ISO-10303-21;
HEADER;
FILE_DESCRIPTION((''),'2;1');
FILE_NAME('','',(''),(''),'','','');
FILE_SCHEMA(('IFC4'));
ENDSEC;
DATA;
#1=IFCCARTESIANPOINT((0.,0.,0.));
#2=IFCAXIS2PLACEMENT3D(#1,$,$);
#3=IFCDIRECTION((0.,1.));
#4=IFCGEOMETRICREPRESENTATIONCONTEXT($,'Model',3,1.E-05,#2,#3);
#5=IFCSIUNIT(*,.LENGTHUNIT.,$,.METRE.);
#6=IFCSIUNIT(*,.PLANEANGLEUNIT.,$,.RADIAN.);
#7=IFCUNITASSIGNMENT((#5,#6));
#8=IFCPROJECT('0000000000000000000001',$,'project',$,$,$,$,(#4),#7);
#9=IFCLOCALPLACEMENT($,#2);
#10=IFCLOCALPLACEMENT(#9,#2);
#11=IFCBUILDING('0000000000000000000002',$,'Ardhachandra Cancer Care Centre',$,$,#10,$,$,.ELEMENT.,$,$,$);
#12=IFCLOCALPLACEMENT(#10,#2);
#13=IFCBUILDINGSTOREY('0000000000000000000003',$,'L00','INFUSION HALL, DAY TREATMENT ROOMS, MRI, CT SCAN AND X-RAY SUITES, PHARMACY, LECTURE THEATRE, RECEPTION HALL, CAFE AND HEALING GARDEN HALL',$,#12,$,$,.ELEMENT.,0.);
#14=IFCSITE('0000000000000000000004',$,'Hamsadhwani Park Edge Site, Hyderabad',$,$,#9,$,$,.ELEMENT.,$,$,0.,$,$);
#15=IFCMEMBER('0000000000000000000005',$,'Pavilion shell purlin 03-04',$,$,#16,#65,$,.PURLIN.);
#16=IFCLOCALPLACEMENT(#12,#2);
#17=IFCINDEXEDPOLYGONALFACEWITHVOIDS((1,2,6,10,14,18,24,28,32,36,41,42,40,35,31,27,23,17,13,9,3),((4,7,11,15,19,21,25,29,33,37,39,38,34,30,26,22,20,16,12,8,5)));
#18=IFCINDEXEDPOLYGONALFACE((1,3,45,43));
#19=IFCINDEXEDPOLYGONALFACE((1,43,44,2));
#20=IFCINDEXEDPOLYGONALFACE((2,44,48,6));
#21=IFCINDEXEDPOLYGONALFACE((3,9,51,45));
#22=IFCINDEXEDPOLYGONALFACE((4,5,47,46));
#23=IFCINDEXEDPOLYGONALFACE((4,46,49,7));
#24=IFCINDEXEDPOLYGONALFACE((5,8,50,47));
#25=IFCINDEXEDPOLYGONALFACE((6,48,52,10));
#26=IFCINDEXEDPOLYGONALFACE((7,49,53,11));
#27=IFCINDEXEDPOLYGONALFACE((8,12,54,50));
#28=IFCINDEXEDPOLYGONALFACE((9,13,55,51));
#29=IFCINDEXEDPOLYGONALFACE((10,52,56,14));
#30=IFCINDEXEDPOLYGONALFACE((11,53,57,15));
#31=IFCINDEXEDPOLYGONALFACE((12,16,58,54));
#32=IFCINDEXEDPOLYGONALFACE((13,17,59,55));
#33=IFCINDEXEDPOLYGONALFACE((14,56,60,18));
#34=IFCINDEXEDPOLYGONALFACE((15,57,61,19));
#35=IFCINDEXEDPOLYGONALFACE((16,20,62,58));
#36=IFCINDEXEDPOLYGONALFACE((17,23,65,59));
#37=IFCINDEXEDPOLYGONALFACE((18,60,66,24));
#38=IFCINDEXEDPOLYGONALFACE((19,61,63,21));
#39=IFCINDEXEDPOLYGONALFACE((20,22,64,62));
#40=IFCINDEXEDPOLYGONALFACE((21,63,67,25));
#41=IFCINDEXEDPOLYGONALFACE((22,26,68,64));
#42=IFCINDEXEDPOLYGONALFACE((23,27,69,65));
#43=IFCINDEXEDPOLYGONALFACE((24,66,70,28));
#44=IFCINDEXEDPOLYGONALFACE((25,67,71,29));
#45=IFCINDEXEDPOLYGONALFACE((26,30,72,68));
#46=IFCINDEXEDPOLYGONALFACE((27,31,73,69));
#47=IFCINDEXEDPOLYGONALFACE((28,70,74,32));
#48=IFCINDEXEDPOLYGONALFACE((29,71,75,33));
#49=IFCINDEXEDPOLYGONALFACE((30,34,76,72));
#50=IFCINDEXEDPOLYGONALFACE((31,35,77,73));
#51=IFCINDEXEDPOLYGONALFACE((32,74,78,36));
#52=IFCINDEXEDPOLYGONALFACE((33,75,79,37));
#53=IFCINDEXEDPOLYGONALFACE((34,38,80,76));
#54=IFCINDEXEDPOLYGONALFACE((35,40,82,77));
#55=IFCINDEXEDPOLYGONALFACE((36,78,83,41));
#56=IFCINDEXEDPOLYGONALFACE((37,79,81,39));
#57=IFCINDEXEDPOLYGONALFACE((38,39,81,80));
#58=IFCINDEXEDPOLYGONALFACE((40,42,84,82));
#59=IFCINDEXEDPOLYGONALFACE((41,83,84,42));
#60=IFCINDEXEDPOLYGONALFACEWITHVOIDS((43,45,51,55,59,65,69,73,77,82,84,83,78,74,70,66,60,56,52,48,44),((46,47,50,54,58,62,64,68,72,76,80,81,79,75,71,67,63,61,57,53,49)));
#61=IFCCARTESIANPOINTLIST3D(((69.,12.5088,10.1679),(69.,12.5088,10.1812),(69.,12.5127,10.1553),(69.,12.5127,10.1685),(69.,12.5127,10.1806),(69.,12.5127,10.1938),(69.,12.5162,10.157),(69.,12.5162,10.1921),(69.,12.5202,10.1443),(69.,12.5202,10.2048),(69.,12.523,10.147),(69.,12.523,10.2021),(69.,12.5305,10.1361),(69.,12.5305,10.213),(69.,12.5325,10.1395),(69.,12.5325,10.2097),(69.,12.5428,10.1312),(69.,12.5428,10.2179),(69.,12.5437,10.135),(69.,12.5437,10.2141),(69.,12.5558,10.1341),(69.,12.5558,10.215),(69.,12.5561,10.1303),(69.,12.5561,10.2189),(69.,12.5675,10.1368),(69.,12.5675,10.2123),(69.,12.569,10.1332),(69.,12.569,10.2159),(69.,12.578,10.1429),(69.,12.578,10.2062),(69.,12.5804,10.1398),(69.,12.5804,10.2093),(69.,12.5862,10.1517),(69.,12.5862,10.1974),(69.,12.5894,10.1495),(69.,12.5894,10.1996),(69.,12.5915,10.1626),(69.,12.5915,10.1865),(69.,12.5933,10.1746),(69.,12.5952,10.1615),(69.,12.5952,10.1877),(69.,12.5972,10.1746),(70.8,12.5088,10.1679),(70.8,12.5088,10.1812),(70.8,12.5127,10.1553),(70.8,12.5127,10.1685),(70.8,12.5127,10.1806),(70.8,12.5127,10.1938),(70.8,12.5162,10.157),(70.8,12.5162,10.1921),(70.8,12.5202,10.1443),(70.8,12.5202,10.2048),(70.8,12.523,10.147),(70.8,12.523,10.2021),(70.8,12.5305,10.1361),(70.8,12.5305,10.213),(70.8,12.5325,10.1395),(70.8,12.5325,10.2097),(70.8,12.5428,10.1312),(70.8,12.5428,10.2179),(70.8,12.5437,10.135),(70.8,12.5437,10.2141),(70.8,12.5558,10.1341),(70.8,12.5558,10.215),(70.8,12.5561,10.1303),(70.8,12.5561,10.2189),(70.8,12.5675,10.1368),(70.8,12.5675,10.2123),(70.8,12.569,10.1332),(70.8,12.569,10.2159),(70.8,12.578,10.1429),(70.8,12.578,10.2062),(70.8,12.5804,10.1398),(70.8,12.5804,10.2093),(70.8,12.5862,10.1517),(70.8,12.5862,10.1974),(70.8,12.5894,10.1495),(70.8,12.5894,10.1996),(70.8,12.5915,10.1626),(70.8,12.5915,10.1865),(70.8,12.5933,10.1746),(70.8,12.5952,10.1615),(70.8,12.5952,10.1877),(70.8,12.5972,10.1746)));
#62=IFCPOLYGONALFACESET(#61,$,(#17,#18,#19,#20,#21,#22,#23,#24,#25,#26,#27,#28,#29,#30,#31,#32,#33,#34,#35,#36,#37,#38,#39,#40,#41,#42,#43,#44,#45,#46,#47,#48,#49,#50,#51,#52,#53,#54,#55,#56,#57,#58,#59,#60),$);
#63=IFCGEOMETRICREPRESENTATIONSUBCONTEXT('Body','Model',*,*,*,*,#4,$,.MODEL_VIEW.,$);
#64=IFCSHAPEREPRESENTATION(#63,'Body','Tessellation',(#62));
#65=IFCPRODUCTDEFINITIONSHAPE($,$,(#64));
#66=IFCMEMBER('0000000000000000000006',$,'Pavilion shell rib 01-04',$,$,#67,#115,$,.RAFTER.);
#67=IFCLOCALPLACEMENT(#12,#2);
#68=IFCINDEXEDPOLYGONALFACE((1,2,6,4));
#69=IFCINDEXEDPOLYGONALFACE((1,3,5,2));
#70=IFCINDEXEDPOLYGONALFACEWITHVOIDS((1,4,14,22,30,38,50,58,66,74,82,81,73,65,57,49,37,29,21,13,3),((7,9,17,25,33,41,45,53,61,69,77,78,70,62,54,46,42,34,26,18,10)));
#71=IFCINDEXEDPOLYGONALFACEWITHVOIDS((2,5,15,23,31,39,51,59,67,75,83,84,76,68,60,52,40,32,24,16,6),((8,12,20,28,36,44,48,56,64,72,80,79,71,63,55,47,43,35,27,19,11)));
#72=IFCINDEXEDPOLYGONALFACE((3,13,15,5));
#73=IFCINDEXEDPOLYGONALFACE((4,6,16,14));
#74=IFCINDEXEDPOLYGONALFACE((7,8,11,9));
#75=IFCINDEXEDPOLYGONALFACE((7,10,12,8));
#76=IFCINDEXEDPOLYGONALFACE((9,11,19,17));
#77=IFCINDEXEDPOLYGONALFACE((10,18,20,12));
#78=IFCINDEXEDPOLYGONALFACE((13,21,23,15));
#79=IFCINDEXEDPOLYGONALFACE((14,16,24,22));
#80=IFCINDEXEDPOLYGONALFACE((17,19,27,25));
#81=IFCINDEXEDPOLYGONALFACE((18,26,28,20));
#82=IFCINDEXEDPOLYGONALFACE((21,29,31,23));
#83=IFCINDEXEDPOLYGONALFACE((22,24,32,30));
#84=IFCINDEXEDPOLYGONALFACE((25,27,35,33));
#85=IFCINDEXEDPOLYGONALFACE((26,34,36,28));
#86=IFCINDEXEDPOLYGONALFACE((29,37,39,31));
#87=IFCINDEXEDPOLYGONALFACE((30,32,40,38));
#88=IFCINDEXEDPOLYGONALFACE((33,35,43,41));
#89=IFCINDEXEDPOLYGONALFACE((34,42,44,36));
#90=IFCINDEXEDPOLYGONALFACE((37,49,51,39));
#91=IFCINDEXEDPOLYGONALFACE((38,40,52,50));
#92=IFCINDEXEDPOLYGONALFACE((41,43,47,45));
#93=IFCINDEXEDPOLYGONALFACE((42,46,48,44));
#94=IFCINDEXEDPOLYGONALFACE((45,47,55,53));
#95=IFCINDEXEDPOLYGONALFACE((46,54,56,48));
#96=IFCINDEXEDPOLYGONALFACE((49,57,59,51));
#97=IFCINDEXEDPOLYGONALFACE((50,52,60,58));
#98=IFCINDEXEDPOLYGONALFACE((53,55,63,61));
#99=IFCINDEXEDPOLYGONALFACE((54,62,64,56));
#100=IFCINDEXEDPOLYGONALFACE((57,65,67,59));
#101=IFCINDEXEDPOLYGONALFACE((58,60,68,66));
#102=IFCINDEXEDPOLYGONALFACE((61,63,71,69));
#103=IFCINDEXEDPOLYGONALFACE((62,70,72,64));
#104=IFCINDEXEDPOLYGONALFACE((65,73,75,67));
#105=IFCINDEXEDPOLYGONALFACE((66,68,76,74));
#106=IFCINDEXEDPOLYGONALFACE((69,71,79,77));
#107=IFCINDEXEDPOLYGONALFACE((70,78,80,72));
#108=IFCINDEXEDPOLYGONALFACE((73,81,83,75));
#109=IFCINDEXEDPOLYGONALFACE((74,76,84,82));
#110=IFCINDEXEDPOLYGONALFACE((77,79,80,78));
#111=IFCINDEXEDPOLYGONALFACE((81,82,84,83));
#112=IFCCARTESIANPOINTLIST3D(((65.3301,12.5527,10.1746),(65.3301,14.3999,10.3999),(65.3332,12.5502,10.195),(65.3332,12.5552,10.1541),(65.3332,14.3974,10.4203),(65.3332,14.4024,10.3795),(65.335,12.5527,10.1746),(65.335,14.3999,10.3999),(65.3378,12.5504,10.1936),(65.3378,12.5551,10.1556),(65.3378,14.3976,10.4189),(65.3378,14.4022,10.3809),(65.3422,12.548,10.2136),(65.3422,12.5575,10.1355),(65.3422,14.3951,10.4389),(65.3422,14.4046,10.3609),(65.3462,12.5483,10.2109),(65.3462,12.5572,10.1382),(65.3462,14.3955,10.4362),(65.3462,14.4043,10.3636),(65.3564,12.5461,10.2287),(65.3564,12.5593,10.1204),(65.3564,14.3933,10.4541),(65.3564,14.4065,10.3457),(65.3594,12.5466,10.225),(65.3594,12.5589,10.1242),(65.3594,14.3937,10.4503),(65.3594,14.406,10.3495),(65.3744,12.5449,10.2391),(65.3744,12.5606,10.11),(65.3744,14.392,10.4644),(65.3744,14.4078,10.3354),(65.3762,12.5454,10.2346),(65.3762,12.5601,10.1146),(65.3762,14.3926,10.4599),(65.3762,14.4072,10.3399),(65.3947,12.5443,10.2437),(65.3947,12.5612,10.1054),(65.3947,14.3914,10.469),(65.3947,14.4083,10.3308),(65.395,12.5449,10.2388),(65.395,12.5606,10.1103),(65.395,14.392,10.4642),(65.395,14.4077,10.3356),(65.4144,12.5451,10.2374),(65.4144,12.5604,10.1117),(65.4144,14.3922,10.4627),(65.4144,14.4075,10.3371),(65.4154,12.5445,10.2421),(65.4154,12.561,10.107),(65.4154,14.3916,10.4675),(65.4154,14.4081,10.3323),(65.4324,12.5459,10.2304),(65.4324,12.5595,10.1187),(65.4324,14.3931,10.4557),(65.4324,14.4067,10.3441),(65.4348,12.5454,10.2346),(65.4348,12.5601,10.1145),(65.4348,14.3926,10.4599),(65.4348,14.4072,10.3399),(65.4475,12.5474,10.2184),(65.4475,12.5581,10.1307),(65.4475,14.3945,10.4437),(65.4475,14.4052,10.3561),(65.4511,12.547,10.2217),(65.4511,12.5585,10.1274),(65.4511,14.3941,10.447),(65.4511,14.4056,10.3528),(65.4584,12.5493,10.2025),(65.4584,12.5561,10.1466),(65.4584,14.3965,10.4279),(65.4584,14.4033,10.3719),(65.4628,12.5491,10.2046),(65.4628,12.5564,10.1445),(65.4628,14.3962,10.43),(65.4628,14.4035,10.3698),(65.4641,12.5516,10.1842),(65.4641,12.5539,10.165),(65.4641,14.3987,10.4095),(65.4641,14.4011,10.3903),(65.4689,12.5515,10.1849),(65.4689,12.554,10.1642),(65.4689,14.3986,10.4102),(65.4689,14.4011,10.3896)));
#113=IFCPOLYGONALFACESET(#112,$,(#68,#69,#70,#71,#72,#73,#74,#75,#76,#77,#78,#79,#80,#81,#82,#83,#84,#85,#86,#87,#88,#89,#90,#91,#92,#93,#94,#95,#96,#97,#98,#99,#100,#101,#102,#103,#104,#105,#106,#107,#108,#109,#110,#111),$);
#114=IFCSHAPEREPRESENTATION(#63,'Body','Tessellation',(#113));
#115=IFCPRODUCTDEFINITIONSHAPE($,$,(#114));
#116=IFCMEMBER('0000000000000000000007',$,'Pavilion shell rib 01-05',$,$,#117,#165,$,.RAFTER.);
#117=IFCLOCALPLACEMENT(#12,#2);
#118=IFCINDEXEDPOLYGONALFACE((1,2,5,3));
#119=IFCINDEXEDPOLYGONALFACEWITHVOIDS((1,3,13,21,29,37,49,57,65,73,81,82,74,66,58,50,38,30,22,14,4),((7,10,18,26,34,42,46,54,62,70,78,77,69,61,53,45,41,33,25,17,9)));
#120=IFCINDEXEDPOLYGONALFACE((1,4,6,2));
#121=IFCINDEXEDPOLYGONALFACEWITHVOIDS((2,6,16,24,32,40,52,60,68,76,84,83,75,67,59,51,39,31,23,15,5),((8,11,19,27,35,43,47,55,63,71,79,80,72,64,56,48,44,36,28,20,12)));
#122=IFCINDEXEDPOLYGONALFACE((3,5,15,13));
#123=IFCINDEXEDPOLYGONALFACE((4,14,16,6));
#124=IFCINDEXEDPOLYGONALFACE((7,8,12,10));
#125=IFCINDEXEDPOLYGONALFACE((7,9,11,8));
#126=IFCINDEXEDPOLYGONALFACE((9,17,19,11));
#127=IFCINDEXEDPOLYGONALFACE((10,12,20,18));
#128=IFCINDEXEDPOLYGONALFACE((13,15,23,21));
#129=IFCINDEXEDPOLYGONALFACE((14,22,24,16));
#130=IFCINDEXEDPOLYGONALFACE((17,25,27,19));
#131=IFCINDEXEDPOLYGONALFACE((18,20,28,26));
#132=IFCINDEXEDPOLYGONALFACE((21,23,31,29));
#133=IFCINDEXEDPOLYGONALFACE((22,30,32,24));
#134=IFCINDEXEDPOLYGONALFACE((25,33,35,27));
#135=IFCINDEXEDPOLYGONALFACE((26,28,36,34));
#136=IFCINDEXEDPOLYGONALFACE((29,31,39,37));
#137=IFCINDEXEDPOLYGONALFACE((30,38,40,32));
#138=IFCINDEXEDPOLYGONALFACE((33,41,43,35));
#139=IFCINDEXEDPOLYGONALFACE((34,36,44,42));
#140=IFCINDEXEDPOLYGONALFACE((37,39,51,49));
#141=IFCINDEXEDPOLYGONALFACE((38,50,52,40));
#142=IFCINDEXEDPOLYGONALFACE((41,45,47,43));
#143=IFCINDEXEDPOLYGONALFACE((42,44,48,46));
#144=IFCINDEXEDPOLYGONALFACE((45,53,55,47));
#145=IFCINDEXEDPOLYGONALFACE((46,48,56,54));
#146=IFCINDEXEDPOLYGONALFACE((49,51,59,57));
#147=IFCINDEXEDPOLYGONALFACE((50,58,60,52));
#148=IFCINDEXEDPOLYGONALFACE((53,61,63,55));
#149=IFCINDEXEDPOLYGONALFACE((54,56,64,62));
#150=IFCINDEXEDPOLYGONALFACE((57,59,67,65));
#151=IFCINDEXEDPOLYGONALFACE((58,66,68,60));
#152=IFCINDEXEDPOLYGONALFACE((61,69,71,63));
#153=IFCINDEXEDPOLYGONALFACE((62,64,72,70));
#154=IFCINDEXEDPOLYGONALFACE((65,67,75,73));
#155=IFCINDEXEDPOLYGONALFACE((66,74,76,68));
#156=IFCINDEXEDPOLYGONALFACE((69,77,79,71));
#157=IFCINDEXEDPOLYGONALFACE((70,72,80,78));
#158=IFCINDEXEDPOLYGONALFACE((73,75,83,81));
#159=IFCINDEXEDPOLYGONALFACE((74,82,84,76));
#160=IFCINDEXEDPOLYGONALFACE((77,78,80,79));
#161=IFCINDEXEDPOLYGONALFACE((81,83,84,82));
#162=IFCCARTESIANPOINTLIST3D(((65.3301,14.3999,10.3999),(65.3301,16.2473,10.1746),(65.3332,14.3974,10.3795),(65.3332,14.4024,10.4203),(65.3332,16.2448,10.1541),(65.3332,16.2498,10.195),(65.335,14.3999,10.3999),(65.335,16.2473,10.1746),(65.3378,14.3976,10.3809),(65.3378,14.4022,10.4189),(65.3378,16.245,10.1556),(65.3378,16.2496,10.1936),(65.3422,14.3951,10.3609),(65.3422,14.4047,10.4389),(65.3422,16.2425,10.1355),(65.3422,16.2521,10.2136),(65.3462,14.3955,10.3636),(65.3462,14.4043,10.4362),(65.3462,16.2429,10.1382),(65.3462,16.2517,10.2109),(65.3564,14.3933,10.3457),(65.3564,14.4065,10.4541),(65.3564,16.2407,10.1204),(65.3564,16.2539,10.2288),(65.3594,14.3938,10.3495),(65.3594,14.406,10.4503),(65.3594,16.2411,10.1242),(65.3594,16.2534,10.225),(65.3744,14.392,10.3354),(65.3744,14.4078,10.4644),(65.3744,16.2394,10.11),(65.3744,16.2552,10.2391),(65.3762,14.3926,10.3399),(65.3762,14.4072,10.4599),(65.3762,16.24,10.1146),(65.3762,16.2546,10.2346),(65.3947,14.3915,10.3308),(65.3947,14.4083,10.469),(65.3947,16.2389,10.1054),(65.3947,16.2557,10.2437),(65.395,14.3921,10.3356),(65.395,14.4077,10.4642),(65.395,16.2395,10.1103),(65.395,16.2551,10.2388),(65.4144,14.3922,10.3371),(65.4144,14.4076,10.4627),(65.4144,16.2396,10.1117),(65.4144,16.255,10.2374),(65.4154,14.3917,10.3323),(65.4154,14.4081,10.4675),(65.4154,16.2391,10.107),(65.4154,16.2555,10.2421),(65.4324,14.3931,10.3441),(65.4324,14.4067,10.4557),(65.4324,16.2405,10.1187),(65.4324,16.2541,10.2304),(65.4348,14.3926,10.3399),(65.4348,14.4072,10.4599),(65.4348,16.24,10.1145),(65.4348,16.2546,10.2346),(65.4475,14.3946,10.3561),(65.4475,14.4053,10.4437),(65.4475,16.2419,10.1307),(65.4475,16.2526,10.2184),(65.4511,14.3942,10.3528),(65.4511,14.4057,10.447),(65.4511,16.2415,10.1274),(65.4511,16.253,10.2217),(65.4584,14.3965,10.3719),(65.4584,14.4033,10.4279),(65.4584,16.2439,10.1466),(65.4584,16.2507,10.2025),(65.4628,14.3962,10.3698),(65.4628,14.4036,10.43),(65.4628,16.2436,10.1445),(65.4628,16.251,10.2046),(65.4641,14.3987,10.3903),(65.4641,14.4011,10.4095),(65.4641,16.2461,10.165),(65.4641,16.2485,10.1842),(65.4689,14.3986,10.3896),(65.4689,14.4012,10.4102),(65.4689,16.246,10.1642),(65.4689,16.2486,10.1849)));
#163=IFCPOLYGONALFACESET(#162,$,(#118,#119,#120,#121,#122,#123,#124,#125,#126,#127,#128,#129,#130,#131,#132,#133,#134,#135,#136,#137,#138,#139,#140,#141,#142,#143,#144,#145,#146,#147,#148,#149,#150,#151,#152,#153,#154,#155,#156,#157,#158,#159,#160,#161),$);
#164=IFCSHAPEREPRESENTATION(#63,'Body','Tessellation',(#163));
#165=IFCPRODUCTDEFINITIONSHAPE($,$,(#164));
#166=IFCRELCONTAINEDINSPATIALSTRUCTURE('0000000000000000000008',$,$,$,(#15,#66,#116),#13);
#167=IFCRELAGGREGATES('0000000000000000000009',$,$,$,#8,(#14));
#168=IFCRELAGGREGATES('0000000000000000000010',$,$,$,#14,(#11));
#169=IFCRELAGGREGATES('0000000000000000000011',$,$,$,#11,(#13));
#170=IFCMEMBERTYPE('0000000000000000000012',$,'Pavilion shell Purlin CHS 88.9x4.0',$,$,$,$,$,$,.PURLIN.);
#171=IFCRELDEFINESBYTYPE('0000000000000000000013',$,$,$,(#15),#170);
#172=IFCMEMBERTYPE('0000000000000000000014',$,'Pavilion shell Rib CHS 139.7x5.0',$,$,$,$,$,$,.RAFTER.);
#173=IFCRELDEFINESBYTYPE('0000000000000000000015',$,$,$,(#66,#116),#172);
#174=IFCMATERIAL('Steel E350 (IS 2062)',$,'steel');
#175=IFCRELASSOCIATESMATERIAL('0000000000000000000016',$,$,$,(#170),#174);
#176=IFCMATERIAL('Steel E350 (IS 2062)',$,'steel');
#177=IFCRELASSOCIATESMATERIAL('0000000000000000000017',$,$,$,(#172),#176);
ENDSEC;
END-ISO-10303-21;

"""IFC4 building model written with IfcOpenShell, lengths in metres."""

from ifc_helpers import new_model, si_unit, direction, frame, origin, origin_2d, place, context, subcontext, project, spatial, hollow_circle, extrude, material, material_profile, profile_set, type_object, element, save


model = new_model("IFC4")

# Units and contexts
model_context = context("Model", 3, precision=1e-05, world=origin(), true_north=direction((0.0, 1.0)))
body_context = subcontext(model_context, "Body", "Model", "MODEL_VIEW")
ifc_project = project(units=[si_unit("LENGTHUNIT", "METRE"), si_unit("PLANEANGLEUNIT", "RADIAN")], contexts=[model_context])

# Site, building, storey
site_placement = place(None, origin())
site = spatial("IfcSite", under=ifc_project, at=site_placement, Name="Hamsadhwani Park Edge Site, Hyderabad", CompositionType="ELEMENT", RefElevation=0.0)
building_placement = place(site_placement, origin())
building = spatial("IfcBuilding", under=site, at=building_placement, Name="Ardhachandra Cancer Care Centre", CompositionType="ELEMENT")
storey_placement = place(building_placement, origin())
storey = spatial("IfcBuildingStorey", under=building, at=storey_placement, Name="L00", Description="INFUSION HALL, DAY TREATMENT ROOMS, MRI, CT SCAN AND X-RAY SUITES, PHARMACY, LECTURE THEATRE, RECEPTION HALL, CAFE AND HEALING GARDEN HALL", CompositionType="ELEMENT", Elevation=0.0)

# Members
ifc_material_1 = material(Name="Steel E350 (IS 2062)", Category="steel")
ifc_material_profile_1 = material_profile(ifc_material_1, hollow_circle(Radius=0.0444, WallThickness=0.0039, at=origin_2d()), Name="CHS 88.9x4.0")
ifc_profile_set_1 = profile_set([ifc_material_profile_1], Name="Steel E350 (IS 2062)")
member_type_1 = type_object("IfcMemberType", Name="Pavilion shell Purlin CHS 88.9x4.0", PredefinedType="PURLIN", material=ifc_profile_set_1)
for number, where, z_axis, x_axis, name in (
    (1, (69.0, 12.5527, 10.1746), (1.0, 0.0, 0.0), (0.0, 1.0, 0.0), "Pavilion shell purlin 03-04"),
):
    element("IfcMember", number, at=place(storey_placement, frame(where, z_axis=z_axis, x_axis=x_axis)), inside=storey, type_object=member_type_1, Name=name, PredefinedType="PURLIN", context=body_context, shape_type="SweptSolid", body=[
        extrude(hollow_circle(Radius=0.0444, WallThickness=0.0039, at=origin_2d()), origin(), (0.0, 0.0, 1.0), 1.8),
    ])
ifc_material_2 = material(Name="Steel E350 (IS 2062)", Category="steel")
ifc_material_profile_2 = material_profile(ifc_material_2, hollow_circle(Radius=0.0698, WallThickness=0.0049, at=origin_2d()), Name="CHS 139.7x5.0")
ifc_profile_set_2 = profile_set([ifc_material_profile_2], Name="Steel E350 (IS 2062)")
member_type_2 = type_object("IfcMemberType", Name="Pavilion shell Rib CHS 139.7x5.0", PredefinedType="RAFTER", material=ifc_profile_set_2)
member_1_placement = place(storey_placement, frame((65.3999, 12.5527, 10.1746), z_axis=(0.0, 0.992641, 0.121095), x_axis=(-1.0, 0.0, 0.0)))
element("IfcMember", 2, at=member_1_placement, inside=storey, type_object=member_type_2, Name="Pavilion shell rib 01-04", PredefinedType="RAFTER", context=body_context, shape_type="SweptSolid", body=[
    extrude(hollow_circle(Radius=0.0698, WallThickness=0.0049, at=origin_2d()), origin(), (0.0, 0.0, 1.0), 1.8608),
])
for number, where, z_axis, x_axis, name in (
    (3, (65.3999, 14.3999, 10.3999), (0.0, 0.992643, -0.12108), (-1.0, 0.0, 0.0), "Pavilion shell rib 01-05"),
):
    element("IfcMember", number, at=place(storey_placement, frame(where, z_axis=z_axis, x_axis=x_axis)), inside=storey, type_object=member_type_2, Name=name, PredefinedType="RAFTER", context=body_context, shape_type="SweptSolid", body=[
        extrude(hollow_circle(Radius=0.0698, WallThickness=0.0049, at=origin_2d()), origin(), (0.0, 0.0, 1.0), 1.8611),
    ])

save(model, "model.ifc")
